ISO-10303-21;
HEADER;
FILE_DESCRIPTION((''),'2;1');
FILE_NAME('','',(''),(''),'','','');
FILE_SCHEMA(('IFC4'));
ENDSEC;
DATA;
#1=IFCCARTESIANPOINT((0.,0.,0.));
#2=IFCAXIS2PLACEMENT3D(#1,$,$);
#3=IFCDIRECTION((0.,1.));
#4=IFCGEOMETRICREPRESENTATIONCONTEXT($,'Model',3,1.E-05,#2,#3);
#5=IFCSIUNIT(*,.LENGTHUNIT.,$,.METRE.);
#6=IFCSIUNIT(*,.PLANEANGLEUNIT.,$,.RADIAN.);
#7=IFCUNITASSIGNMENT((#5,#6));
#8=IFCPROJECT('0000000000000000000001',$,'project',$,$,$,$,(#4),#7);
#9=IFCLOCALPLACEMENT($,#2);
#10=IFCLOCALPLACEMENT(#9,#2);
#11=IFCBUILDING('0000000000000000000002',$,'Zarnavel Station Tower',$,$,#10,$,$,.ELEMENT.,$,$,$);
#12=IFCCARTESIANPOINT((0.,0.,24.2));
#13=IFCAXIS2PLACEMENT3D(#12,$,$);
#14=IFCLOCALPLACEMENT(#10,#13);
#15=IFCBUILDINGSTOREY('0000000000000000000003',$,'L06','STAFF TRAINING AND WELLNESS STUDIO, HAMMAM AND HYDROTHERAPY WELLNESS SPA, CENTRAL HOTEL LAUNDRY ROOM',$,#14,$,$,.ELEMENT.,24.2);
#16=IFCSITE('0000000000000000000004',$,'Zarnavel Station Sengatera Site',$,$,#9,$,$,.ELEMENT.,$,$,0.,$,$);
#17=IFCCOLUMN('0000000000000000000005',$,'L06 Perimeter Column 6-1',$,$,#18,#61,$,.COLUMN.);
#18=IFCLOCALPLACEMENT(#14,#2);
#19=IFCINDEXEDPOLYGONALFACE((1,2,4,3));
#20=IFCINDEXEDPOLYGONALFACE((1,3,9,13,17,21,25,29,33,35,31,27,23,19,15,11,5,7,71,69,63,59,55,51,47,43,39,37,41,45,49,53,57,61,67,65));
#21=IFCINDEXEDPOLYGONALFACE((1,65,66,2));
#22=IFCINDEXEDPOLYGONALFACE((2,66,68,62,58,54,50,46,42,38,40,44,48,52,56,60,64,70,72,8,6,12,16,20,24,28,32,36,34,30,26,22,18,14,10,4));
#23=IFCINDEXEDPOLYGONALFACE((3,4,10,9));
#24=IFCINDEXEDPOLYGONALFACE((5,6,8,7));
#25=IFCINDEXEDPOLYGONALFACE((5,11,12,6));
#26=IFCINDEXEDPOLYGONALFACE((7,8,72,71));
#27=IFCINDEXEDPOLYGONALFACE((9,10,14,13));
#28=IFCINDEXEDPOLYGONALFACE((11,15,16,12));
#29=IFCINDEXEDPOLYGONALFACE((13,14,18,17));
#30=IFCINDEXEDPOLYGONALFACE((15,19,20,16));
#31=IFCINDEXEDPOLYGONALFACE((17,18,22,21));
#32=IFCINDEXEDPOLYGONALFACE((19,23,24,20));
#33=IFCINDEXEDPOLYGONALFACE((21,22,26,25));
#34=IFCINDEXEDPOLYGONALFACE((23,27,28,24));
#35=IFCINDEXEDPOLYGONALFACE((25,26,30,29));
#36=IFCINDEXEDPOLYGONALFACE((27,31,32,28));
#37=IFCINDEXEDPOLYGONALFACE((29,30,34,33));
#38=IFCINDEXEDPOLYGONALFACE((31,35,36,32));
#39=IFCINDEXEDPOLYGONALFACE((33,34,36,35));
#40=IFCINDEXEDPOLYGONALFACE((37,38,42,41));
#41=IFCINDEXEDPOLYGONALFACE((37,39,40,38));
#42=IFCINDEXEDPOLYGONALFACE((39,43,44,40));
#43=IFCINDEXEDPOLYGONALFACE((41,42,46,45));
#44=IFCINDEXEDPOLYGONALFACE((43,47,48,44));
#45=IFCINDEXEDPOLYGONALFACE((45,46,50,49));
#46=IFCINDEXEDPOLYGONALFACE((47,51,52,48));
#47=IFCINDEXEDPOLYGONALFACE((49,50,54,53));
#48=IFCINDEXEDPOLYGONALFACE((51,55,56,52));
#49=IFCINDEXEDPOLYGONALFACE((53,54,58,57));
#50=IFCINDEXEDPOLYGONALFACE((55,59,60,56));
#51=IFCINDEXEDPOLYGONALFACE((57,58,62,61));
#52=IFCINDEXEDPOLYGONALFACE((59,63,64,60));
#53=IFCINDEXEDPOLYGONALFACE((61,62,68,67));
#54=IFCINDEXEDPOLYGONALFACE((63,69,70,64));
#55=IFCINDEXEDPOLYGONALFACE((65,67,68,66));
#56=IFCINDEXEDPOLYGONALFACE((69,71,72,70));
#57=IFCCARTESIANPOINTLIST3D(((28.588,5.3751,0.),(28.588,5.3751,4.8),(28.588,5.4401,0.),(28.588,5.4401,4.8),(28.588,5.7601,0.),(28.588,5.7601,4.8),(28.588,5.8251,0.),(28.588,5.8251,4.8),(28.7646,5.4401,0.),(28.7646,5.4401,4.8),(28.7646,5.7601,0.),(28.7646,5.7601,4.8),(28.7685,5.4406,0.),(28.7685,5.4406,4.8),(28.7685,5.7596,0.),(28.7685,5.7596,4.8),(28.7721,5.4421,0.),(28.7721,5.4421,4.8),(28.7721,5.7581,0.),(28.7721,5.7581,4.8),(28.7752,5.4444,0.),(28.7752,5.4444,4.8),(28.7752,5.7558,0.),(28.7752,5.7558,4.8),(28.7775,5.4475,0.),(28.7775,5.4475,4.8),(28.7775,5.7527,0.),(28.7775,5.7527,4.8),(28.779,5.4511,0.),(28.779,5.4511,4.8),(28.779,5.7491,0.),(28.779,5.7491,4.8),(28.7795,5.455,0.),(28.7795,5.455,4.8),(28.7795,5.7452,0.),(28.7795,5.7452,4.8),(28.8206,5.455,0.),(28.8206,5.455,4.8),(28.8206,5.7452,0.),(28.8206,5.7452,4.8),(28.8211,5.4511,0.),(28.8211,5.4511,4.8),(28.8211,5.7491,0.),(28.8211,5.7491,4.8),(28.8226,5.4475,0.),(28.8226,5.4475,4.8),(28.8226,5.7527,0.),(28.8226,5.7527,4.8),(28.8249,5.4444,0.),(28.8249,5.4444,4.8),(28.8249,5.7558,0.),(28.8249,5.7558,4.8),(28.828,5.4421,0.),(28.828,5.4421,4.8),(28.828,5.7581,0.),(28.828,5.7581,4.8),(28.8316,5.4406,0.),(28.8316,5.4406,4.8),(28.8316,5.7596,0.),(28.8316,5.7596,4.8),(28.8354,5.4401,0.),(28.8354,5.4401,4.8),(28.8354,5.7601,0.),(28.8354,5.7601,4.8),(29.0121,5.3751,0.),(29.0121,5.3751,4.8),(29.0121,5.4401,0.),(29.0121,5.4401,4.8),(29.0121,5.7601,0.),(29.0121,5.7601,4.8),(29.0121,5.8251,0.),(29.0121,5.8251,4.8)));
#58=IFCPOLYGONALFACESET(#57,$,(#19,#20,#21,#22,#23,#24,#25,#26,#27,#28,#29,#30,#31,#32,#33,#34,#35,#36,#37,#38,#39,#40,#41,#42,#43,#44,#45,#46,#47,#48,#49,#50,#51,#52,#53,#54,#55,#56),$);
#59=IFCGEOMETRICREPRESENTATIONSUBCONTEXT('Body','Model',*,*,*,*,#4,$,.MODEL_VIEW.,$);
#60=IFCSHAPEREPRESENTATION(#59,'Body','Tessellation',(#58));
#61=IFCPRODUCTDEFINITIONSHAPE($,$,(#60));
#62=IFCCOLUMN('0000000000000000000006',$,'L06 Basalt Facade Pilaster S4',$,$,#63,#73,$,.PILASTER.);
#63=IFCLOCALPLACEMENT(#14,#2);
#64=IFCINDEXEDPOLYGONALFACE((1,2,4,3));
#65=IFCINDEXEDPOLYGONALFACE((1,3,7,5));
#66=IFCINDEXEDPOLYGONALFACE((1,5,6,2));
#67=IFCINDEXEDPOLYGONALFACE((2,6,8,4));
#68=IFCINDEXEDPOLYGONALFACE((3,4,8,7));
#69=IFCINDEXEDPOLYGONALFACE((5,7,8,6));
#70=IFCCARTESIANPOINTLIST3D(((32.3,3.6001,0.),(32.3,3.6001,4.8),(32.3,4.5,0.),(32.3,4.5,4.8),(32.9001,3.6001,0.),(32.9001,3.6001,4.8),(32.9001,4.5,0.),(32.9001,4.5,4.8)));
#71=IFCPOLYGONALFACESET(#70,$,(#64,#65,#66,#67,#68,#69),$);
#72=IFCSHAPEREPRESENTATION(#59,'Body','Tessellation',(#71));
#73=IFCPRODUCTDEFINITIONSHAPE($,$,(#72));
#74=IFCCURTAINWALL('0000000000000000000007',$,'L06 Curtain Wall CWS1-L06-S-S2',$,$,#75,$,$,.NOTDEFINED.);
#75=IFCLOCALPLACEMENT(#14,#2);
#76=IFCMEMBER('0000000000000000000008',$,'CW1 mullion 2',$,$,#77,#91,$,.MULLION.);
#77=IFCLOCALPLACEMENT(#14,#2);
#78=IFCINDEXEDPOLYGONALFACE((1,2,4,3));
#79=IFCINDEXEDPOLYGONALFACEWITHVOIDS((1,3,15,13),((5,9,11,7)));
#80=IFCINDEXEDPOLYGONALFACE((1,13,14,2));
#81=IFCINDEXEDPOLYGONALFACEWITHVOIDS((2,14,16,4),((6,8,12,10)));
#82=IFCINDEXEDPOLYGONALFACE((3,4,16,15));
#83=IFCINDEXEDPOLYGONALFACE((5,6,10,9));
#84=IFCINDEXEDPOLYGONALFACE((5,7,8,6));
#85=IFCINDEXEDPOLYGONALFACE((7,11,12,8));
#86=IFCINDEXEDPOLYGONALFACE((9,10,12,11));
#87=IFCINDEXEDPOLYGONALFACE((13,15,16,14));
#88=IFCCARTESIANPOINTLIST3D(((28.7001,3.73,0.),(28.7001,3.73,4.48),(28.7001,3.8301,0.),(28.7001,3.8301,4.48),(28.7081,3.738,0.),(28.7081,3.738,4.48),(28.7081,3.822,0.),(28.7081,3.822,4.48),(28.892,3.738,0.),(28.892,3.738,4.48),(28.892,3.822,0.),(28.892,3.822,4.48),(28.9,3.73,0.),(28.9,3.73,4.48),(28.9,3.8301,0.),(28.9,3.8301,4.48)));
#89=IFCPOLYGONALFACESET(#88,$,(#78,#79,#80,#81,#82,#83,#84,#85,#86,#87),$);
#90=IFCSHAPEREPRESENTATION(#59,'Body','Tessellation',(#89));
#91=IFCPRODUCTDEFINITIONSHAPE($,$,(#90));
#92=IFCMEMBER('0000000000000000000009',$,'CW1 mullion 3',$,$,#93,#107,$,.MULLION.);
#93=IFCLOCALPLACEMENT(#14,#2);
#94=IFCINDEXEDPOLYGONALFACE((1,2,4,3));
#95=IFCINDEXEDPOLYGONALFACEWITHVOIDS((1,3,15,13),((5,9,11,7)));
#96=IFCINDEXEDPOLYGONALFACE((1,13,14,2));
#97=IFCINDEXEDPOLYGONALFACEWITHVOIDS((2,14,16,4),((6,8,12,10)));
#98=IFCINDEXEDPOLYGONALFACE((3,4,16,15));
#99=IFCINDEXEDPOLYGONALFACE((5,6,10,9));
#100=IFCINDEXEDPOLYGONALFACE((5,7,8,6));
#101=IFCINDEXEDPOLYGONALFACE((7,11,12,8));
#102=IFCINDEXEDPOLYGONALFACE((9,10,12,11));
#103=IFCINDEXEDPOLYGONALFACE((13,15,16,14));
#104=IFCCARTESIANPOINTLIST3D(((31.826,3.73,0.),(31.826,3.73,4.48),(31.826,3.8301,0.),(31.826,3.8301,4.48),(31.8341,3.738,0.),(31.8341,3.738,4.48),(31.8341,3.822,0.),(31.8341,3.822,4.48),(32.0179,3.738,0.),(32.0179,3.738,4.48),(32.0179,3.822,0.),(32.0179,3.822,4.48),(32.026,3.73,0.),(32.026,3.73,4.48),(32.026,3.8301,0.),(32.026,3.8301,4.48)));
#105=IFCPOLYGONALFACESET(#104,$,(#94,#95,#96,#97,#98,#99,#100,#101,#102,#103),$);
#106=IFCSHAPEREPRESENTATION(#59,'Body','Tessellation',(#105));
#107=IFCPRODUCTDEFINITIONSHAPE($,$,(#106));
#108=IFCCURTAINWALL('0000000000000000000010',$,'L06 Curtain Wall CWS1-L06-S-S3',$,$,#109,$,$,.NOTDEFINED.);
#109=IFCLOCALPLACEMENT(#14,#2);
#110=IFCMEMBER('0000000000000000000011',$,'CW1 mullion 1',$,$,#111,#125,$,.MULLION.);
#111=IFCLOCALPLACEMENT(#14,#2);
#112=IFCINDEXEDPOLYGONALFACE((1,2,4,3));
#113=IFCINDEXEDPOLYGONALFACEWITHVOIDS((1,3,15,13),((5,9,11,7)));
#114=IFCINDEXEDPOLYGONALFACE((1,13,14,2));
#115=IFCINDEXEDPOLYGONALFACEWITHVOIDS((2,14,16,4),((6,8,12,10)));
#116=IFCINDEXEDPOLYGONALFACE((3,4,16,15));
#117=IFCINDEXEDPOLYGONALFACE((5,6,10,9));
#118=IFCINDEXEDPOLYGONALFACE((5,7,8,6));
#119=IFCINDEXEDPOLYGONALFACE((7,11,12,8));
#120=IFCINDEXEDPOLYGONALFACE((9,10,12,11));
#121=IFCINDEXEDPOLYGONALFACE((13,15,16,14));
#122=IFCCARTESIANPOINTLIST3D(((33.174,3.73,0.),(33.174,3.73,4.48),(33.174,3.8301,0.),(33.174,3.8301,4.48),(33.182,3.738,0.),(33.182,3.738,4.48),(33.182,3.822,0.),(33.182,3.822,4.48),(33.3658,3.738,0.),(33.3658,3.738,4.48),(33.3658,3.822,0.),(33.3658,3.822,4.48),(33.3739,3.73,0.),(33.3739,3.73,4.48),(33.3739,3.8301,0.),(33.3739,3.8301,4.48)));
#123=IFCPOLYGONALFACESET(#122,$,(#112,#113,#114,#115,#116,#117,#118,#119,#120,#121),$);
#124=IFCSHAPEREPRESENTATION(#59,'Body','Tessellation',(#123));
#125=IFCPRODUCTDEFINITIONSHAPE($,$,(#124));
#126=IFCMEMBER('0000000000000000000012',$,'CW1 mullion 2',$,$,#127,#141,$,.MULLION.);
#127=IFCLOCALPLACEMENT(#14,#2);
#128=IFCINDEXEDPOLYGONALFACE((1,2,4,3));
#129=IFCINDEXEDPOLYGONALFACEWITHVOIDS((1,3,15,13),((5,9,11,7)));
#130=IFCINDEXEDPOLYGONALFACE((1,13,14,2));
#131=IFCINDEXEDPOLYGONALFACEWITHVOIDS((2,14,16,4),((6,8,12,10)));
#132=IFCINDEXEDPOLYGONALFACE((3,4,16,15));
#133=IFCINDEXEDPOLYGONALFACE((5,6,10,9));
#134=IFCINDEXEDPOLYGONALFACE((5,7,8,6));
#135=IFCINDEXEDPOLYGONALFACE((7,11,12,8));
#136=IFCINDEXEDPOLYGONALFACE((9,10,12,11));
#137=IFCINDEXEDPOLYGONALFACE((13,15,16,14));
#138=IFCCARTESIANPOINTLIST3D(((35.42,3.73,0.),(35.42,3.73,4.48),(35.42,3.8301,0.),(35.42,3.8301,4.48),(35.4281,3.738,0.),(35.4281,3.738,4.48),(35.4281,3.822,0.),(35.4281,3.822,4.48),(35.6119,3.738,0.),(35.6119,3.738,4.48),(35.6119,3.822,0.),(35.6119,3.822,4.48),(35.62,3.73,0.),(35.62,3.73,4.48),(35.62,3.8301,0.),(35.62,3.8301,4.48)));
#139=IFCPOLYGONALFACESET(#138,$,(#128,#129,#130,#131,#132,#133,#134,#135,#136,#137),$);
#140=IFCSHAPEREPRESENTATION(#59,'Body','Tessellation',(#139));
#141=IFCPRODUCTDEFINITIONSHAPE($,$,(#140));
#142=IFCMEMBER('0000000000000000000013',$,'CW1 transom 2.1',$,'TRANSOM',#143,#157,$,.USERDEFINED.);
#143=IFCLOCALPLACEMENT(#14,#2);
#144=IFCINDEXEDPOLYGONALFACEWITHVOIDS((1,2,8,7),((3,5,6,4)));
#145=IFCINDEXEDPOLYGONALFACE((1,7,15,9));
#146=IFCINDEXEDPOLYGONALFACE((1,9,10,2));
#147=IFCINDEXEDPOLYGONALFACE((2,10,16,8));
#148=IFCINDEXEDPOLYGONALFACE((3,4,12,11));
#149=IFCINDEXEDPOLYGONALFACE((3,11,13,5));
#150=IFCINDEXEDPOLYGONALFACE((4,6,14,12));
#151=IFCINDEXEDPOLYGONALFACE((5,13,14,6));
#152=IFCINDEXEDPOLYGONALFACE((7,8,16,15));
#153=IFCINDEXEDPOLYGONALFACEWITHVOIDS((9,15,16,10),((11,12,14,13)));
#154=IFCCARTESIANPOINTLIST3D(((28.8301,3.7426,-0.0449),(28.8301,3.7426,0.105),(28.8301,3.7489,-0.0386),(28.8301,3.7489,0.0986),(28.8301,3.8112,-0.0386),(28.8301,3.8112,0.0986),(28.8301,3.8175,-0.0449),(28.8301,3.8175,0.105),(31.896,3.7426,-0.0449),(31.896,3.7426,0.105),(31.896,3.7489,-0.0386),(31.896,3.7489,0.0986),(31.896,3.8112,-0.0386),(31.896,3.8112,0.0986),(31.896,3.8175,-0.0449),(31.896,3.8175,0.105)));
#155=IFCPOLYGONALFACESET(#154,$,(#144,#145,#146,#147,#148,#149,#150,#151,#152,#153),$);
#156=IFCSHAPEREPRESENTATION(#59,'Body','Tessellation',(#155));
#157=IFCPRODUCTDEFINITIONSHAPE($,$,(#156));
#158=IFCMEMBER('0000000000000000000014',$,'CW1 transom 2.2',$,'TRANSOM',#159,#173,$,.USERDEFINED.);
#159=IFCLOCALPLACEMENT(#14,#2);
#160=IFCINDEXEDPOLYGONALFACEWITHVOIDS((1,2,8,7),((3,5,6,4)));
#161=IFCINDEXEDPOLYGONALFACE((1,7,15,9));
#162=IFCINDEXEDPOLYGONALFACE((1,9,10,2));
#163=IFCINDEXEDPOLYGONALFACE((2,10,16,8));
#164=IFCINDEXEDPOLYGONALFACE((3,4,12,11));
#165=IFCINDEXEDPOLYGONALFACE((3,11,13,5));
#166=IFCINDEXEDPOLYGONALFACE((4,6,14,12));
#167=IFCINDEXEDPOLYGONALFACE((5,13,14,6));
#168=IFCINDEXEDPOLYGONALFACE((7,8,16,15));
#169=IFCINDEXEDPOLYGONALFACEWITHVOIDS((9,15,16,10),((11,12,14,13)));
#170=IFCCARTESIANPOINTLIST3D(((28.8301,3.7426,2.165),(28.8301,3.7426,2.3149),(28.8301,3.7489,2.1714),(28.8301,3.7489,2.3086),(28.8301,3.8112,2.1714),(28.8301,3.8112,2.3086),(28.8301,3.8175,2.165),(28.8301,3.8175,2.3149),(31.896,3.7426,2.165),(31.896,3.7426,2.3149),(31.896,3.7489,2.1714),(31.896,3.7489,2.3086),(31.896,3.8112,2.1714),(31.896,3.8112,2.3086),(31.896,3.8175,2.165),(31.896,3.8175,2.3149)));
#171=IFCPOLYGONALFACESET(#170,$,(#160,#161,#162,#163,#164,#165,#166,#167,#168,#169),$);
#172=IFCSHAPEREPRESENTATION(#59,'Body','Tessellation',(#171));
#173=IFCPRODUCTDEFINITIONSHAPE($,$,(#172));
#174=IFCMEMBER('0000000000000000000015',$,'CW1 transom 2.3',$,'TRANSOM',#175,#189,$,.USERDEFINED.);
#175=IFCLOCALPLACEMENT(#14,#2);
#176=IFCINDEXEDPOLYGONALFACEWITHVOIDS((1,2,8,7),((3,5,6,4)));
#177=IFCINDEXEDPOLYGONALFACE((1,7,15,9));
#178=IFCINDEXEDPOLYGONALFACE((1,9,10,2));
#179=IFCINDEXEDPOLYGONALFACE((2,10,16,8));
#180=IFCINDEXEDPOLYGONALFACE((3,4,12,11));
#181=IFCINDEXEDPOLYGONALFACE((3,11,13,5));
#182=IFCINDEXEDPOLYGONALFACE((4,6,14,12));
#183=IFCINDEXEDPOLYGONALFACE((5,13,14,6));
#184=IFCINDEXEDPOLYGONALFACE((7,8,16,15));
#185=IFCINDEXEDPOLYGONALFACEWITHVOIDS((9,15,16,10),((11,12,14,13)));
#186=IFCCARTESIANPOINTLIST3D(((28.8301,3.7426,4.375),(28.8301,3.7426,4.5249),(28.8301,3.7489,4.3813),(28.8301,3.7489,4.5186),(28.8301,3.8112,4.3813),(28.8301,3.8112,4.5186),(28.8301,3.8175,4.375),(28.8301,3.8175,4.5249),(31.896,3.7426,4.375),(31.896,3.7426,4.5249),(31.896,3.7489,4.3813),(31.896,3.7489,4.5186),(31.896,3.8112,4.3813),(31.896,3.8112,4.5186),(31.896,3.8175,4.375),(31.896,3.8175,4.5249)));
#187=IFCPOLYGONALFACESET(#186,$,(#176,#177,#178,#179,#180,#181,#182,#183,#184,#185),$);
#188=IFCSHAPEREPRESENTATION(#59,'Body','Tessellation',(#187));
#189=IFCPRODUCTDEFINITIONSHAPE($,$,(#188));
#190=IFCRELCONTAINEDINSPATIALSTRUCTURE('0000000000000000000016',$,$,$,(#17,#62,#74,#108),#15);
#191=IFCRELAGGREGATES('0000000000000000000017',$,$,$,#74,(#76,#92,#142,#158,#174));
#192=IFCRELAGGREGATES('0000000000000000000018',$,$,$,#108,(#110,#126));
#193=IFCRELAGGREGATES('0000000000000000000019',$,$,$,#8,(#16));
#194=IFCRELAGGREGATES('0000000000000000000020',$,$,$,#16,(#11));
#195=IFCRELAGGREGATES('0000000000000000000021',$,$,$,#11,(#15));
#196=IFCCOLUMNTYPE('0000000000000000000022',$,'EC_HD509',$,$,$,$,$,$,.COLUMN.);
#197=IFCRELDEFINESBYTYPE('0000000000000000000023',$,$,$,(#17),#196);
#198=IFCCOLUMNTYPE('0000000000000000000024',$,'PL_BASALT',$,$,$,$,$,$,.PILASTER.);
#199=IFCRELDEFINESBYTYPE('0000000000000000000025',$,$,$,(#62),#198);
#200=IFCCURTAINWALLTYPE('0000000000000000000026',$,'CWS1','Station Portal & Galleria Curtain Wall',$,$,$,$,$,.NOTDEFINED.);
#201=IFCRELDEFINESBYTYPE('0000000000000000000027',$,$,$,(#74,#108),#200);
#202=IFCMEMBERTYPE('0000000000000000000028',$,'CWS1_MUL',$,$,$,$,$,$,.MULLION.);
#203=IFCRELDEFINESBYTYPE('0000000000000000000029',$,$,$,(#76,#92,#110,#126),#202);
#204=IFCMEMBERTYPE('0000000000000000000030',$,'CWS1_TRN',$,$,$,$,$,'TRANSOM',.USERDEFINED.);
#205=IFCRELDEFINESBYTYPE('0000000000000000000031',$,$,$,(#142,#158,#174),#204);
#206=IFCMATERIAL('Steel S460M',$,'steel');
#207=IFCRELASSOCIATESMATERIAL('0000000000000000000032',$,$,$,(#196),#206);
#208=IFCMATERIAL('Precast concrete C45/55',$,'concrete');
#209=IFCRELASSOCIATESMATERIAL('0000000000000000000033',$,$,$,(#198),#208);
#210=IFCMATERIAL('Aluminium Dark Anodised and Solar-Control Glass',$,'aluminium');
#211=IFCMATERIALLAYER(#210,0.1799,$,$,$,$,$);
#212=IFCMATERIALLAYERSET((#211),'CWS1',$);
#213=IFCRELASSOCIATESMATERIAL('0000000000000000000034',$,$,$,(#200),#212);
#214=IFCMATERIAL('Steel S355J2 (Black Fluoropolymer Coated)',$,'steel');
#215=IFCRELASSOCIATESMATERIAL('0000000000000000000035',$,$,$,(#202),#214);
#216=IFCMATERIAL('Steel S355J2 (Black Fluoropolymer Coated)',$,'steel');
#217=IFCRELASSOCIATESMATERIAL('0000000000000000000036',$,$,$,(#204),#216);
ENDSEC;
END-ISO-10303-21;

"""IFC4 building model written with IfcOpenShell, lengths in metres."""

from ifc_helpers import new_model, si_unit, direction, frame, origin, origin_2d, place, context, subcontext, project, spatial, rectangle, hollow_rectangle, i_section, extrude, material, layer, layer_set, material_profile, profile_set, type_object, element, aggregate, save


model = new_model("IFC4")

# Units and contexts
model_context = context("Model", 3, precision=1e-05, world=origin(), true_north=direction((0.0, 1.0)))
body_context = subcontext(model_context, "Body", "Model", "MODEL_VIEW")
ifc_project = project(units=[si_unit("LENGTHUNIT", "METRE"), si_unit("PLANEANGLEUNIT", "RADIAN")], contexts=[model_context])

# Site, building, storey
site_placement = place(None, origin())
site = spatial("IfcSite", under=ifc_project, at=site_placement, Name="Zarnavel Station Sengatera Site", CompositionType="ELEMENT", RefElevation=0.0)
building_placement = place(site_placement, origin())
building = spatial("IfcBuilding", under=site, at=building_placement, Name="Zarnavel Station Tower", CompositionType="ELEMENT")
storey_placement = place(building_placement, frame((0.0, 0.0, 24.2)))
storey = spatial("IfcBuildingStorey", under=building, at=storey_placement, Name="L06", Description="STAFF TRAINING AND WELLNESS STUDIO, HAMMAM AND HYDROTHERAPY WELLNESS SPA, CENTRAL HOTEL LAUNDRY ROOM", CompositionType="ELEMENT", Elevation=24.2)

# Columns
ifc_material_1 = material(Name="Steel S460M", Category="steel")
ifc_material_profile_1 = material_profile(ifc_material_1, i_section(OverallWidth=0.4241, OverallDepth=0.45, WebThickness=0.041, FlangeThickness=0.0649, FilletRadius=0.0149, at=origin_2d()), Name="HD400x509")
ifc_profile_set_1 = profile_set([ifc_material_profile_1], Name="Steel S460M")
column_type_1 = type_object("IfcColumnType", Name="EC_HD509", PredefinedType="COLUMN", material=ifc_profile_set_1)
column_1_placement = place(storey_placement, frame((28.8, 5.6001, 0.0), z_axis=(0.0, 0.0, 1.0), x_axis=(1.0, 0.0, 0.0)))
element("IfcColumn", 1, at=column_1_placement, inside=storey, type_object=column_type_1, Name="L06 Perimeter Column 6-1", PredefinedType="COLUMN", context=body_context, shape_type="SweptSolid", body=[
    extrude(i_section(OverallWidth=0.4241, OverallDepth=0.45, WebThickness=0.041, FlangeThickness=0.0649, FilletRadius=0.0149, at=origin_2d()), origin(), (0.0, 0.0, 1.0), 4.8),
])
ifc_material_2 = material(Name="Precast concrete C45/55", Category="concrete")
ifc_material_profile_2 = material_profile(ifc_material_2, rectangle(XDim=0.6001, YDim=0.8999, at=origin_2d()), Name="RC600x900")
ifc_profile_set_2 = profile_set([ifc_material_profile_2], Name="Precast concrete C45/55")
column_type_2 = type_object("IfcColumnType", Name="PL_BASALT", PredefinedType="PILASTER", material=ifc_profile_set_2)
column_2_placement = place(storey_placement, frame((32.6001, 4.05, 0.0), z_axis=(0.0, 0.0, 1.0), x_axis=(1.0, 0.0, 0.0)))
element("IfcColumn", 2, at=column_2_placement, inside=storey, type_object=column_type_2, Name="L06 Basalt Facade Pilaster S4", PredefinedType="PILASTER", context=body_context, shape_type="SweptSolid", body=[
    extrude(rectangle(XDim=0.6001, YDim=0.8999, at=origin_2d()), origin(), (0.0, 0.0, 1.0), 4.8),
])

# Curtain walls, members
ifc_material_3 = material(Name="Aluminium Dark Anodised and Solar-Control Glass", Category="aluminium")
ifc_layer_1 = layer(ifc_material_3, 0.1799)
ifc_layer_set_1 = layer_set([ifc_layer_1], Name="CWS1")
curtain_wall_type = type_object("IfcCurtainWallType", Name="CWS1", Description="Station Portal & Galleria Curtain Wall", PredefinedType="NOTDEFINED", material=ifc_layer_set_1)
curtain_wall_1_placement = place(storey_placement, origin())
curtain_wall_1 = element("IfcCurtainWall", 3, at=curtain_wall_1_placement, inside=storey, type_object=curtain_wall_type, Name="L06 Curtain Wall CWS1-L06-S-S2", PredefinedType="NOTDEFINED")
ifc_material_4 = material(Name="Steel S355J2 (Black Fluoropolymer Coated)", Category="steel")
ifc_material_profile_3 = material_profile(ifc_material_4, hollow_rectangle(XDim=0.1001, YDim=0.2, WallThickness=0.0081, at=origin_2d()), Name="RHS200x100x8")
ifc_profile_set_3 = profile_set([ifc_material_profile_3], Name="Steel S355J2 (Black Fluoropolymer Coated)")
member_type_1 = type_object("IfcMemberType", Name="CWS1_MUL", PredefinedType="MULLION", material=ifc_profile_set_3)
member_1_placement = place(storey_placement, frame((28.8, 3.78, 0.0), z_axis=(0.0, 0.0, 1.0), x_axis=(0.0, 1.0, 0.0)))
member_1 = element("IfcMember", 4, at=member_1_placement, type_object=member_type_1, Name="CW1 mullion 2", PredefinedType="MULLION", context=body_context, shape_type="SweptSolid", body=[
    extrude(hollow_rectangle(XDim=0.1001, YDim=0.2, WallThickness=0.0081, at=origin_2d()), origin(), (0.0, 0.0, 1.0), 4.48),
])
member_2_placement = place(storey_placement, frame((31.926, 3.78, 0.0), z_axis=(0.0, 0.0, 1.0), x_axis=(0.0, 1.0, 0.0)))
member_2 = element("IfcMember", 5, at=member_2_placement, type_object=member_type_1, Name="CW1 mullion 3", PredefinedType="MULLION", context=body_context, shape_type="SweptSolid", body=[
    extrude(hollow_rectangle(XDim=0.1001, YDim=0.2, WallThickness=0.0081, at=origin_2d()), origin(), (0.0, 0.0, 1.0), 4.48),
])
curtain_wall_2_placement = place(storey_placement, origin())
curtain_wall_2 = element("IfcCurtainWall", 6, at=curtain_wall_2_placement, inside=storey, type_object=curtain_wall_type, Name="L06 Curtain Wall CWS1-L06-S-S3", PredefinedType="NOTDEFINED")
member_3_placement = place(storey_placement, frame((33.2739, 3.78, 0.0), z_axis=(0.0, 0.0, 1.0), x_axis=(0.0, 1.0, 0.0)))
member_3 = element("IfcMember", 7, at=member_3_placement, type_object=member_type_1, Name="CW1 mullion 1", PredefinedType="MULLION", context=body_context, shape_type="SweptSolid", body=[
    extrude(hollow_rectangle(XDim=0.1001, YDim=0.2, WallThickness=0.0081, at=origin_2d()), origin(), (0.0, 0.0, 1.0), 4.48),
])
member_4_placement = place(storey_placement, frame((35.52, 3.78, 0.0), z_axis=(0.0, 0.0, 1.0), x_axis=(0.0, 1.0, 0.0)))
member_4 = element("IfcMember", 8, at=member_4_placement, type_object=member_type_1, Name="CW1 mullion 2", PredefinedType="MULLION", context=body_context, shape_type="SweptSolid", body=[
    extrude(hollow_rectangle(XDim=0.1001, YDim=0.2, WallThickness=0.0081, at=origin_2d()), origin(), (0.0, 0.0, 1.0), 4.48),
])

# Members
ifc_material_5 = material(Name="Steel S355J2 (Black Fluoropolymer Coated)", Category="steel")
ifc_material_profile_4 = material_profile(ifc_material_5, hollow_rectangle(XDim=0.075, YDim=0.1499, WallThickness=0.0063, at=origin_2d()), Name="RHS150x75x6.3")
ifc_profile_set_4 = profile_set([ifc_material_profile_4], Name="Steel S355J2 (Black Fluoropolymer Coated)")
member_type_2 = type_object("IfcMemberType", Name="CWS1_TRN", ElementType="TRANSOM", PredefinedType="USERDEFINED", material=ifc_profile_set_4)
member_5_placement = place(storey_placement, frame((28.8301, 3.78, 0.03), z_axis=(1.0, 0.0, 0.0), x_axis=(0.0, 1.0, 0.0)))
member_5 = element("IfcMember", 9, at=member_5_placement, type_object=member_type_2, Name="CW1 transom 2.1", ObjectType="TRANSOM", PredefinedType="USERDEFINED", context=body_context, shape_type="SweptSolid", body=[
    extrude(hollow_rectangle(XDim=0.075, YDim=0.1499, WallThickness=0.0063, at=origin_2d()), origin(), (0.0, 0.0, 1.0), 3.0659),
])
member_6_placement = place(storey_placement, frame((28.8301, 3.78, 2.24), z_axis=(1.0, 0.0, 0.0), x_axis=(0.0, 1.0, 0.0)))
member_6 = element("IfcMember", 10, at=member_6_placement, type_object=member_type_2, Name="CW1 transom 2.2", ObjectType="TRANSOM", PredefinedType="USERDEFINED", context=body_context, shape_type="SweptSolid", body=[
    extrude(hollow_rectangle(XDim=0.075, YDim=0.1499, WallThickness=0.0063, at=origin_2d()), origin(), (0.0, 0.0, 1.0), 3.0659),
])
member_7_placement = place(storey_placement, frame((28.8301, 3.78, 4.45), z_axis=(1.0, 0.0, 0.0), x_axis=(0.0, 1.0, 0.0)))
member_7 = element("IfcMember", 11, at=member_7_placement, type_object=member_type_2, Name="CW1 transom 2.3", ObjectType="TRANSOM", PredefinedType="USERDEFINED", context=body_context, shape_type="SweptSolid", body=[
    extrude(hollow_rectangle(XDim=0.075, YDim=0.1499, WallThickness=0.0063, at=origin_2d()), origin(), (0.0, 0.0, 1.0), 3.0659),
])

aggregate(curtain_wall_1, [member_1, member_2, member_5, member_6, member_7])
aggregate(curtain_wall_2, [member_3, member_4])

save(model, "model.ifc")
